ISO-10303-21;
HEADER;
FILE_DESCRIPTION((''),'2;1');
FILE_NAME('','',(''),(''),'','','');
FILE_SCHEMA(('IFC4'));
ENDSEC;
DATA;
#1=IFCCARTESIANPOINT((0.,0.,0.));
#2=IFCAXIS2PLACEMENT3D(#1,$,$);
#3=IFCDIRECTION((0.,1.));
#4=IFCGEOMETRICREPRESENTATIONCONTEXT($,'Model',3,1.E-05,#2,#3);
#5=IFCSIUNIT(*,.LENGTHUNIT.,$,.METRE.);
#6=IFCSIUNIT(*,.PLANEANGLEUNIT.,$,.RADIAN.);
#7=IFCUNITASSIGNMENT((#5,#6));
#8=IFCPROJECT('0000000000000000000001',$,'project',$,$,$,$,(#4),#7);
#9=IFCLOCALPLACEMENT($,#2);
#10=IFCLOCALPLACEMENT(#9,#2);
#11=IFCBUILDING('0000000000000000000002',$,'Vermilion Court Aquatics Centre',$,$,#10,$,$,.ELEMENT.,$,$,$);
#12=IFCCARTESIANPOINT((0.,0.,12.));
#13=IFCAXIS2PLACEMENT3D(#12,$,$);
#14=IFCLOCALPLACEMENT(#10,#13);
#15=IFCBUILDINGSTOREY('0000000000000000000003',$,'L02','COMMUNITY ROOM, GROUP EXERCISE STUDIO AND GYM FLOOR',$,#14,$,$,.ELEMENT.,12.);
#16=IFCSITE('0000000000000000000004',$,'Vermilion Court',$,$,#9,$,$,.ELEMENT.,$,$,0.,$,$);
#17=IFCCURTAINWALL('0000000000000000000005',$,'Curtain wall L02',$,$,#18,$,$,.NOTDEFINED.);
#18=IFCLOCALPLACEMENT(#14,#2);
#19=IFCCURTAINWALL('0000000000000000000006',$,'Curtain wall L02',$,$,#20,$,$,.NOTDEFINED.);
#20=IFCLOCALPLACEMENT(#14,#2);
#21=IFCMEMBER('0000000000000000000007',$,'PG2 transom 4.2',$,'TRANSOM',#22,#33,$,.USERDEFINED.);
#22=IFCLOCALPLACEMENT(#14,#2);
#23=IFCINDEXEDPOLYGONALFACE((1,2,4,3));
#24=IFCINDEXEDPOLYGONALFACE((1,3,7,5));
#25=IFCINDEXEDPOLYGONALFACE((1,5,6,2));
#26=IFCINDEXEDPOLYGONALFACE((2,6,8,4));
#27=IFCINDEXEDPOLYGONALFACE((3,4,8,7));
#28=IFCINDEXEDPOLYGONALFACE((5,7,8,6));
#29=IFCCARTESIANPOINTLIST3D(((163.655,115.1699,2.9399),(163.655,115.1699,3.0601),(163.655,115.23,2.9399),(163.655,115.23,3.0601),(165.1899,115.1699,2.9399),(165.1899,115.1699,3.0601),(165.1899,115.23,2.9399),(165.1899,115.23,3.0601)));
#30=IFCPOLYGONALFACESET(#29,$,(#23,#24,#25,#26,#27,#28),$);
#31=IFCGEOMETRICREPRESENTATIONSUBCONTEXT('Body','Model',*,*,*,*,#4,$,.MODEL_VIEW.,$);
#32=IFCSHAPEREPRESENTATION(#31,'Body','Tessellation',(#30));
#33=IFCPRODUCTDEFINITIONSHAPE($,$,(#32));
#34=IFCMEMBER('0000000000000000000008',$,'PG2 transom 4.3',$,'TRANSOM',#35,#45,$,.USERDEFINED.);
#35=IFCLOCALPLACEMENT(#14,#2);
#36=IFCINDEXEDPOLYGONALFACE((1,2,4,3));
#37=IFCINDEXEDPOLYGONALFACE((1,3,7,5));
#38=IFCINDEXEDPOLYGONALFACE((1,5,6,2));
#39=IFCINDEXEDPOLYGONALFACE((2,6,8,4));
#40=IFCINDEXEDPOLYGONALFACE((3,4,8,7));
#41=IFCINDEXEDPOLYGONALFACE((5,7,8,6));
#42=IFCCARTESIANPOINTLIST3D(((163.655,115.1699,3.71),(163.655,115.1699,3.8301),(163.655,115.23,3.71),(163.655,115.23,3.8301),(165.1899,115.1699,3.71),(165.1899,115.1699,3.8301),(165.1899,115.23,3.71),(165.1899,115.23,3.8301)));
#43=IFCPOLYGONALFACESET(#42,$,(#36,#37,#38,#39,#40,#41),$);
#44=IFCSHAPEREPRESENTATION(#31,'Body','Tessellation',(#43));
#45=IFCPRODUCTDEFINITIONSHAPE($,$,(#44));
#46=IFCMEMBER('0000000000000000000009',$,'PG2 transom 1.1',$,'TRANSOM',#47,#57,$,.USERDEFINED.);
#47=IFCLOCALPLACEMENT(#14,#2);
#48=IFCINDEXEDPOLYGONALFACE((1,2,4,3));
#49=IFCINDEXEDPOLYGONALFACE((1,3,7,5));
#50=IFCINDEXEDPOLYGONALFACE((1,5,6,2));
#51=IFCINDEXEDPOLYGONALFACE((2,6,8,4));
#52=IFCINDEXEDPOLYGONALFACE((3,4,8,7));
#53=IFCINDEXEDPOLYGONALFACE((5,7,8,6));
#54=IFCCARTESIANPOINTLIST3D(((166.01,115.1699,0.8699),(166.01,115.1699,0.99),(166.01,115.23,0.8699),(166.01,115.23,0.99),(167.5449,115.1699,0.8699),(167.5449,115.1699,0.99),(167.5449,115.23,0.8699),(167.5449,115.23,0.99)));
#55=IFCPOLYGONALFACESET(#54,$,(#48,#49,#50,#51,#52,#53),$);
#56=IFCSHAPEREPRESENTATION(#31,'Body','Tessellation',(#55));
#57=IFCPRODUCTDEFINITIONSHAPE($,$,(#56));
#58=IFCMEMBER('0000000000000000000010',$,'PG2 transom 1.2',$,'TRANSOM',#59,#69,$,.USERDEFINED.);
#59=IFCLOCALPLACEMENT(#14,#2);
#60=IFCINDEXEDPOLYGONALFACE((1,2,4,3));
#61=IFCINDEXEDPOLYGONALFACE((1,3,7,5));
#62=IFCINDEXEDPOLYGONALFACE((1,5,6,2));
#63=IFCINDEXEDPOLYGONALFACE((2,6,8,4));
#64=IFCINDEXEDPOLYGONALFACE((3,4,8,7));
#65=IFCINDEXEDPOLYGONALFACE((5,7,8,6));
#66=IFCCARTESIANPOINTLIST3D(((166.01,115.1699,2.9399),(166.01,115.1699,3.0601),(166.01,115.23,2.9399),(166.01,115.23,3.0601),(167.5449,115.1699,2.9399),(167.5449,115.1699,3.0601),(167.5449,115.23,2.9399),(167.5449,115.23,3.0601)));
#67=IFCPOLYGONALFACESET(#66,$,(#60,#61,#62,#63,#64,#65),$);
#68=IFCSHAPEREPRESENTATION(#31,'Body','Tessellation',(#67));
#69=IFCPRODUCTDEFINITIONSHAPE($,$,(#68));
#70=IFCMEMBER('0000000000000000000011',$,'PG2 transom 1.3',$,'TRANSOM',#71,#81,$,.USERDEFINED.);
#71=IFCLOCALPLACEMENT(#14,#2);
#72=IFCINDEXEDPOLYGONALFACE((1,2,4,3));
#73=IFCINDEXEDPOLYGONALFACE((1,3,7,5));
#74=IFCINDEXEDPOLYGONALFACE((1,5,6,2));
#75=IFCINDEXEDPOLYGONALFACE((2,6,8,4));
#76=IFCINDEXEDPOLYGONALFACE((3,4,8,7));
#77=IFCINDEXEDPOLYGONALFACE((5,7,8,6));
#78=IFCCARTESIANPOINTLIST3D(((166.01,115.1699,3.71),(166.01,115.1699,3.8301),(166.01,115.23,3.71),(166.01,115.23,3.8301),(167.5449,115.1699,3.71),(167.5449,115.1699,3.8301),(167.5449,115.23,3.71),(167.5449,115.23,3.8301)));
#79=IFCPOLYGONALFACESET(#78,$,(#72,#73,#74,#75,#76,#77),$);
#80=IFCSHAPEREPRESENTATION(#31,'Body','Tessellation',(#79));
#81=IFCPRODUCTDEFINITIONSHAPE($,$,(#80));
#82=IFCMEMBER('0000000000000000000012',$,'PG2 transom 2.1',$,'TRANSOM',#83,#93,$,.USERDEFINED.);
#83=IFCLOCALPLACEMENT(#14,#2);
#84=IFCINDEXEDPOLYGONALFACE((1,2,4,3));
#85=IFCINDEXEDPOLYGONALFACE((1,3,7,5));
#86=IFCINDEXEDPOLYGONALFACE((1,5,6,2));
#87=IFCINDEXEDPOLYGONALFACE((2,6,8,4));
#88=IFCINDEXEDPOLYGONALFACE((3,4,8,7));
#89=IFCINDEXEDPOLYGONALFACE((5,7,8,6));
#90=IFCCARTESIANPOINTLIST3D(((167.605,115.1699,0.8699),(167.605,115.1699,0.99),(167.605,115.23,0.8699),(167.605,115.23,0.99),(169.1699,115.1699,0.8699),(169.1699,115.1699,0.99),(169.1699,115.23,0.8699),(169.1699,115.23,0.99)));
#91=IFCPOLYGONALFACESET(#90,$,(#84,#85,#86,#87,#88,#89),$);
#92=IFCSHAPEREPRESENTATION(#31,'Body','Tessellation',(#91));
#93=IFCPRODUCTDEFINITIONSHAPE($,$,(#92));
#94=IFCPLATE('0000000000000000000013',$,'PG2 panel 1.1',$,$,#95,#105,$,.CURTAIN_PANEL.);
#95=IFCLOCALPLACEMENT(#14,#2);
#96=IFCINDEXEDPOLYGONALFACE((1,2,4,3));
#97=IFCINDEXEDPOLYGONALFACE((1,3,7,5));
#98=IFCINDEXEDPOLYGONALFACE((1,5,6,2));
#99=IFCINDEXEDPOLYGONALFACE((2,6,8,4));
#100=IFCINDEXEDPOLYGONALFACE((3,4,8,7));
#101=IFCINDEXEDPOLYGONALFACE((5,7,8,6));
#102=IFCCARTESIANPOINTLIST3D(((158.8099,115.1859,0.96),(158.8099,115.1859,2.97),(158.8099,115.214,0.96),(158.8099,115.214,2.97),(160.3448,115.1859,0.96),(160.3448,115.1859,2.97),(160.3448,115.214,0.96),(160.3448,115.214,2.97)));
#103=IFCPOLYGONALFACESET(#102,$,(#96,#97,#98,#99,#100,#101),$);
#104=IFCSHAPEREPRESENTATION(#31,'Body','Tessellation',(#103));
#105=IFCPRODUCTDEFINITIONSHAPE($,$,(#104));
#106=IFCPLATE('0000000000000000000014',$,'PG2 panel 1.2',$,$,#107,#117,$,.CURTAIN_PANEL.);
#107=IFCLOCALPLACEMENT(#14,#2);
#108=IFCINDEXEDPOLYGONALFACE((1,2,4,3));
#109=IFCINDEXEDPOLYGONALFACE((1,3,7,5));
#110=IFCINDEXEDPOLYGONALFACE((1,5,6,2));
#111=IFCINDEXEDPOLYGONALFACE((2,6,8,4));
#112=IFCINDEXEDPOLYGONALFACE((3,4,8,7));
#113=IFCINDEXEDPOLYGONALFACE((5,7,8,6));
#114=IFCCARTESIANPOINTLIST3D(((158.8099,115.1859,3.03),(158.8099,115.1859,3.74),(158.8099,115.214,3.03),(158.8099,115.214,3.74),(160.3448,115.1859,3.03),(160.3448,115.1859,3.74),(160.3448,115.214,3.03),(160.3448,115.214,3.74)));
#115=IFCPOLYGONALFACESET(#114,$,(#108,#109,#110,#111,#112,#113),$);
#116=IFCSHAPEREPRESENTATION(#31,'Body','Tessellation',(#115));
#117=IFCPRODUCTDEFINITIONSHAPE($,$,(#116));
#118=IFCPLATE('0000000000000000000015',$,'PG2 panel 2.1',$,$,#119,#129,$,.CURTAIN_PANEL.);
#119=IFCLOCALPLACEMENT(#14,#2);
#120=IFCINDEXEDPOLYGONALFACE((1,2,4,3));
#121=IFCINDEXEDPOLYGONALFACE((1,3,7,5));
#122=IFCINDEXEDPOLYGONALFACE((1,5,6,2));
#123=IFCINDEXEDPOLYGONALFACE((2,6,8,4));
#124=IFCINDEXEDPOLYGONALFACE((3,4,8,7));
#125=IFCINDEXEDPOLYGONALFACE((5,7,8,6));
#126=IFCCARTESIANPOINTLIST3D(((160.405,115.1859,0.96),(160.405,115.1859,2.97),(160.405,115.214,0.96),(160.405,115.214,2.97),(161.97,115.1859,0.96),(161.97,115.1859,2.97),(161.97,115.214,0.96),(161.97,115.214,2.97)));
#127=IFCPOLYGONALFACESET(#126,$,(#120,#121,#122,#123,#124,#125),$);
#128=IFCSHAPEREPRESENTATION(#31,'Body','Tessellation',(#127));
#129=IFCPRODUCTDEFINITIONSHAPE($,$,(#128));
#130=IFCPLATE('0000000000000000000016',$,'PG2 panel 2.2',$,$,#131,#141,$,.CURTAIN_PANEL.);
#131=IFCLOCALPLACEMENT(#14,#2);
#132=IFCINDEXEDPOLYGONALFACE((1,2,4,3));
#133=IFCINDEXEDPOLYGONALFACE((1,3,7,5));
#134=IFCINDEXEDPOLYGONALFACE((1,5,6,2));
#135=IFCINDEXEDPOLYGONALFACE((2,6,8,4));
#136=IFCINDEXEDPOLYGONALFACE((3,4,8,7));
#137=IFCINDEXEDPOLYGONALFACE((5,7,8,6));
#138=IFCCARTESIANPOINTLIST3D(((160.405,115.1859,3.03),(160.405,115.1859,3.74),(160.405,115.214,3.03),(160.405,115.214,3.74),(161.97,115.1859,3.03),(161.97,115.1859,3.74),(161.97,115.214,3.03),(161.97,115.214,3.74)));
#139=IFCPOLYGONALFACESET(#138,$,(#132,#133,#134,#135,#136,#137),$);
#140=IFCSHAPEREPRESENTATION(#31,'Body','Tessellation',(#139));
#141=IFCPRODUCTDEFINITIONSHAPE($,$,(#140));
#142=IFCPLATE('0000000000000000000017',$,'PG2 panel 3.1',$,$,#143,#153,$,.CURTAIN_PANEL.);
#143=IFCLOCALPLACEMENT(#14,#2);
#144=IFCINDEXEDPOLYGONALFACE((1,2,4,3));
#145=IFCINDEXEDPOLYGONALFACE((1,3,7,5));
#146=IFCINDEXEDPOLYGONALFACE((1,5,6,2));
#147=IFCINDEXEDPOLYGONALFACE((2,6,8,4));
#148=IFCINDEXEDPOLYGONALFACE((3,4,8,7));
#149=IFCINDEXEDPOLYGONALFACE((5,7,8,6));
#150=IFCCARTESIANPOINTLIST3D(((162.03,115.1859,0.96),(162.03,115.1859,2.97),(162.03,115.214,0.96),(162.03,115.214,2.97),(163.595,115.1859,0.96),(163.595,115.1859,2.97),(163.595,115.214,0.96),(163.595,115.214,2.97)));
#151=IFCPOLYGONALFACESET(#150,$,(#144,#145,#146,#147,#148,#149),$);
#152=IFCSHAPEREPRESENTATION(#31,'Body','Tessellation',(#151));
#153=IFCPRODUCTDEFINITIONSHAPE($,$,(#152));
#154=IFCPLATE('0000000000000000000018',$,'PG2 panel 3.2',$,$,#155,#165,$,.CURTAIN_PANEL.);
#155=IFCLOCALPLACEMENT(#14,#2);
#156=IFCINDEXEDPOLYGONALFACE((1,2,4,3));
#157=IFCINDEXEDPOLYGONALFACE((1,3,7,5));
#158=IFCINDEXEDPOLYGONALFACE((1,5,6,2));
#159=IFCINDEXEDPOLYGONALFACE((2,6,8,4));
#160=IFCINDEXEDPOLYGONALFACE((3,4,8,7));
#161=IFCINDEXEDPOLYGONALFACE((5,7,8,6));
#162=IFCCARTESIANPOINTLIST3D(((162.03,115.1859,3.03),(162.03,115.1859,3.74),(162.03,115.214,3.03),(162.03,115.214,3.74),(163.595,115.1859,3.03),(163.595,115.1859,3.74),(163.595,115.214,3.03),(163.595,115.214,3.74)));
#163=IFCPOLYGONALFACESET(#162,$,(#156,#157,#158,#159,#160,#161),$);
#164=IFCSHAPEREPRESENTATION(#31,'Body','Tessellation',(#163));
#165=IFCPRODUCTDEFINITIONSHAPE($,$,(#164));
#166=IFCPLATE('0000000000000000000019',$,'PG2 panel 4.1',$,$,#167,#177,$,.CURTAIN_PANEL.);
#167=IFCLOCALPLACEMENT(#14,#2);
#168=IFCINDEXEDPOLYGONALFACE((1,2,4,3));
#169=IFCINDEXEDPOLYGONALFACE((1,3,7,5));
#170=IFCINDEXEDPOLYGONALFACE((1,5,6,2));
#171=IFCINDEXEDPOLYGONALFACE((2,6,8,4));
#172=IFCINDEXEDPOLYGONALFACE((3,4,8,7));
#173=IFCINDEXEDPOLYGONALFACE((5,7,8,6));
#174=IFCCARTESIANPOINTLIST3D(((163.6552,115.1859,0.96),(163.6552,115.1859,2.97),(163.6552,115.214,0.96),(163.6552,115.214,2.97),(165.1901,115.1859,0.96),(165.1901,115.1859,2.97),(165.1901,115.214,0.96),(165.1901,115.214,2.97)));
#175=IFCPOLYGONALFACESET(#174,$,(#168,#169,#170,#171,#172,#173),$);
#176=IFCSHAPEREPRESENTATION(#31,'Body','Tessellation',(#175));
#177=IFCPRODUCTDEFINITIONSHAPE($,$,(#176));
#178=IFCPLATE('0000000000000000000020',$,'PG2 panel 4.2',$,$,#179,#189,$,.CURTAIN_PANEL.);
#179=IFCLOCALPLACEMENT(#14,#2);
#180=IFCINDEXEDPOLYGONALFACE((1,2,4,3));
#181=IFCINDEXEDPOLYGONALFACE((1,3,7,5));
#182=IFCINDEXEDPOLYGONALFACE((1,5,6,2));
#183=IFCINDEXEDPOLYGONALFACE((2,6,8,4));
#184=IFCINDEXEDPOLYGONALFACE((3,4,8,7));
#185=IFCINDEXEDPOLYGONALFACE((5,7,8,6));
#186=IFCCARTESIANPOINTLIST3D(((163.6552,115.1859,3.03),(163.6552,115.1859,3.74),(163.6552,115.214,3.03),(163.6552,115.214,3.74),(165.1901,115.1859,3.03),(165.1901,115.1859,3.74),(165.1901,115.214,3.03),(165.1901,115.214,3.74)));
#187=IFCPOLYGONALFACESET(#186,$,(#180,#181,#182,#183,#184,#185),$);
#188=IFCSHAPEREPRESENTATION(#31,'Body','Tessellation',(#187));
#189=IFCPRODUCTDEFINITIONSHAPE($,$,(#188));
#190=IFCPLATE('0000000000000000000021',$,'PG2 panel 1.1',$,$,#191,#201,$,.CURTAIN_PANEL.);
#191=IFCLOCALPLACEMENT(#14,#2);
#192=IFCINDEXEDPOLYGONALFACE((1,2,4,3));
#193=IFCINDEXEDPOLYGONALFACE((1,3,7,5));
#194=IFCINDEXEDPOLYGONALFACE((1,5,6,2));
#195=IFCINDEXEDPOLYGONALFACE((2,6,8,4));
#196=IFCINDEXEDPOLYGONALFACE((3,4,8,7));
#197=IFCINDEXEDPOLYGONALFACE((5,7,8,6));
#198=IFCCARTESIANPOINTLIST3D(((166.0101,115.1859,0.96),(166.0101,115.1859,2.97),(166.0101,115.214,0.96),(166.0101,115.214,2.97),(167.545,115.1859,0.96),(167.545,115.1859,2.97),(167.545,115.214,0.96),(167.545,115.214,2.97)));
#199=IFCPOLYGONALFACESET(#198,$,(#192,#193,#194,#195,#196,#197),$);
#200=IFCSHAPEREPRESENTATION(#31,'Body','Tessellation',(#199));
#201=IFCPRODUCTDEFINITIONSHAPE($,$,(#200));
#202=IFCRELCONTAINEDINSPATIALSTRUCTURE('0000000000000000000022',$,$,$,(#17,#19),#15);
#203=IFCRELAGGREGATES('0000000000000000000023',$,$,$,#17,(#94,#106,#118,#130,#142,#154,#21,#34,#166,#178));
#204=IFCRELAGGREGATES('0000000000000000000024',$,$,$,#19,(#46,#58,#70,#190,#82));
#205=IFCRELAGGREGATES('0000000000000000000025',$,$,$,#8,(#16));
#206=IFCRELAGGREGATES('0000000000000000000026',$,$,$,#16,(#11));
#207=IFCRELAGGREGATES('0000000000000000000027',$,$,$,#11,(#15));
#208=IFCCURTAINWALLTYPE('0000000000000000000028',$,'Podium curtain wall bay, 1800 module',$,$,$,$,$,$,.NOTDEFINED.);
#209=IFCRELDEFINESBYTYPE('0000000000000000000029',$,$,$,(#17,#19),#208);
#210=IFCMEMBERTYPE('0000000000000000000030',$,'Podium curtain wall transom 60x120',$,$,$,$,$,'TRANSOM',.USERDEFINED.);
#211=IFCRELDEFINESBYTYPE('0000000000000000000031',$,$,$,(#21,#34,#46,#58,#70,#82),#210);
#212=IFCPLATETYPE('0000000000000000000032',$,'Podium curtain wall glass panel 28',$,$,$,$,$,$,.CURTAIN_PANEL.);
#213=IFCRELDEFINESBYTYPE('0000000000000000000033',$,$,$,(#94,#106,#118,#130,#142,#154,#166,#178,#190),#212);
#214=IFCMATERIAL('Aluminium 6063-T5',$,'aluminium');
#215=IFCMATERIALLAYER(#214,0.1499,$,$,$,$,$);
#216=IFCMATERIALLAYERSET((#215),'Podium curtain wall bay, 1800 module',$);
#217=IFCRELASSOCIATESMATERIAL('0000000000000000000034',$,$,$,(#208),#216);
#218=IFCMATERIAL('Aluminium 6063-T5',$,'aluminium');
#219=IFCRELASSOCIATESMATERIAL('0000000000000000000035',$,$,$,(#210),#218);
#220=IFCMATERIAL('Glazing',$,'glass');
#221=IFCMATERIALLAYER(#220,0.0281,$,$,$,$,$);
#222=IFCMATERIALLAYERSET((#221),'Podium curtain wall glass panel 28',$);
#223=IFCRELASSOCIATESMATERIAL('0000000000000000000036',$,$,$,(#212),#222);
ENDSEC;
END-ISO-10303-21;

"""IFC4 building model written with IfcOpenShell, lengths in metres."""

from ifc_helpers import new_model, si_unit, direction, frame, origin, origin_2d, place, context, subcontext, project, spatial, rectangle, extrude, material, layer, layer_set, material_profile, profile_set, type_object, element, aggregate, save


model = new_model("IFC4")

# Units and contexts
model_context = context("Model", 3, precision=1e-05, world=origin(), true_north=direction((0.0, 1.0)))
body_context = subcontext(model_context, "Body", "Model", "MODEL_VIEW")
ifc_project = project(units=[si_unit("LENGTHUNIT", "METRE"), si_unit("PLANEANGLEUNIT", "RADIAN")], contexts=[model_context])

# Site, building, storey
site_placement = place(None, origin())
site = spatial("IfcSite", under=ifc_project, at=site_placement, Name="Vermilion Court", CompositionType="ELEMENT", RefElevation=0.0)
building_placement = place(site_placement, origin())
building = spatial("IfcBuilding", under=site, at=building_placement, Name="Vermilion Court Aquatics Centre", CompositionType="ELEMENT")
storey_placement = place(building_placement, frame((0.0, 0.0, 12.0)))
storey = spatial("IfcBuildingStorey", under=building, at=storey_placement, Name="L02", Description="COMMUNITY ROOM, GROUP EXERCISE STUDIO AND GYM FLOOR", CompositionType="ELEMENT", Elevation=12.0)

# Curtain walls
ifc_material_1 = material(Name="Aluminium 6063-T5", Category="aluminium")
ifc_layer_1 = layer(ifc_material_1, 0.1499)
ifc_layer_set_1 = layer_set([ifc_layer_1], Name="Podium curtain wall bay, 1800 module")
curtain_wall_type = type_object("IfcCurtainWallType", Name="Podium curtain wall bay, 1800 module", PredefinedType="NOTDEFINED", material=ifc_layer_set_1)
curtain_wall_1_placement = place(storey_placement, origin())
curtain_wall_1 = element("IfcCurtainWall", 1, at=curtain_wall_1_placement, inside=storey, type_object=curtain_wall_type, Name="Curtain wall L02", PredefinedType="NOTDEFINED")
curtain_wall_2_placement = place(storey_placement, origin())
curtain_wall_2 = element("IfcCurtainWall", 2, at=curtain_wall_2_placement, inside=storey, type_object=curtain_wall_type, Name="Curtain wall L02", PredefinedType="NOTDEFINED")

# Members
ifc_material_2 = material(Name="Aluminium 6063-T5", Category="aluminium")
ifc_material_profile_1 = material_profile(ifc_material_2, rectangle(XDim=0.0601, YDim=0.1201, at=origin_2d()), Name="Transom 60x120")
ifc_profile_set_1 = profile_set([ifc_material_profile_1], Name="Aluminium 6063-T5")
member_type_1 = type_object("IfcMemberType", Name="Podium curtain wall transom 60x120", ElementType="TRANSOM", PredefinedType="USERDEFINED", material=ifc_profile_set_1)
member_1_placement = place(storey_placement, frame((163.655, 115.2, 3.0), z_axis=(1.0, 0.0, 0.0), x_axis=(0.0, 1.0, 0.0)))
member_1 = element("IfcMember", 3, at=member_1_placement, type_object=member_type_1, Name="PG2 transom 4.2", ObjectType="TRANSOM", PredefinedType="USERDEFINED", context=body_context, shape_type="SweptSolid", body=[
    extrude(rectangle(XDim=0.0601, YDim=0.1201, at=origin_2d()), origin(), (0.0, 0.0, 1.0), 1.5349),
])
member_2_placement = place(storey_placement, frame((163.655, 115.2, 3.77), z_axis=(1.0, 0.0, 0.0), x_axis=(0.0, 1.0, 0.0)))
member_2 = element("IfcMember", 4, at=member_2_placement, type_object=member_type_1, Name="PG2 transom 4.3", ObjectType="TRANSOM", PredefinedType="USERDEFINED", context=body_context, shape_type="SweptSolid", body=[
    extrude(rectangle(XDim=0.0601, YDim=0.1201, at=origin_2d()), origin(), (0.0, 0.0, 1.0), 1.5349),
])
member_3_placement = place(storey_placement, frame((166.01, 115.2, 0.9299), z_axis=(1.0, 0.0, 0.0), x_axis=(0.0, 1.0, 0.0)))
member_3 = element("IfcMember", 5, at=member_3_placement, type_object=member_type_1, Name="PG2 transom 1.1", ObjectType="TRANSOM", PredefinedType="USERDEFINED", context=body_context, shape_type="SweptSolid", body=[
    extrude(rectangle(XDim=0.0601, YDim=0.1201, at=origin_2d()), origin(), (0.0, 0.0, 1.0), 1.5349),
])
member_4_placement = place(storey_placement, frame((166.01, 115.2, 3.0), z_axis=(1.0, 0.0, 0.0), x_axis=(0.0, 1.0, 0.0)))
member_4 = element("IfcMember", 6, at=member_4_placement, type_object=member_type_1, Name="PG2 transom 1.2", ObjectType="TRANSOM", PredefinedType="USERDEFINED", context=body_context, shape_type="SweptSolid", body=[
    extrude(rectangle(XDim=0.0601, YDim=0.1201, at=origin_2d()), origin(), (0.0, 0.0, 1.0), 1.5349),
])
member_5_placement = place(storey_placement, frame((166.01, 115.2, 3.77), z_axis=(1.0, 0.0, 0.0), x_axis=(0.0, 1.0, 0.0)))
member_5 = element("IfcMember", 7, at=member_5_placement, type_object=member_type_1, Name="PG2 transom 1.3", ObjectType="TRANSOM", PredefinedType="USERDEFINED", context=body_context, shape_type="SweptSolid", body=[
    extrude(rectangle(XDim=0.0601, YDim=0.1201, at=origin_2d()), origin(), (0.0, 0.0, 1.0), 1.5349),
])
member_6_placement = place(storey_placement, frame((167.605, 115.2, 0.9299), z_axis=(1.0, 0.0, 0.0), x_axis=(0.0, 1.0, 0.0)))
member_6 = element("IfcMember", 8, at=member_6_placement, type_object=member_type_1, Name="PG2 transom 2.1", ObjectType="TRANSOM", PredefinedType="USERDEFINED", context=body_context, shape_type="SweptSolid", body=[
    extrude(rectangle(XDim=0.0601, YDim=0.1201, at=origin_2d()), origin(), (0.0, 0.0, 1.0), 1.5649),
])

# Plates
ifc_material_3 = material(Name="Glazing", Category="glass")
ifc_layer_2 = layer(ifc_material_3, 0.0281)
ifc_layer_set_2 = layer_set([ifc_layer_2], Name="Podium curtain wall glass panel 28")
plate_type = type_object("IfcPlateType", Name="Podium curtain wall glass panel 28", PredefinedType="CURTAIN_PANEL", material=ifc_layer_set_2)
plate_1_placement = place(storey_placement, frame((159.5774, 115.2, 0.96), z_axis=(0.0, 0.0, 1.0), x_axis=(1.0, 0.0, 0.0)))
plate_1 = element("IfcPlate", 9, at=plate_1_placement, type_object=plate_type, Name="PG2 panel 1.1", PredefinedType="CURTAIN_PANEL", context=body_context, shape_type="SweptSolid", body=[
    extrude(rectangle(XDim=1.5349, YDim=0.0281, at=origin_2d()), origin(), (0.0, 0.0, 1.0), 2.01),
])
plate_2_placement = place(storey_placement, frame((159.5774, 115.2, 3.03), z_axis=(0.0, 0.0, 1.0), x_axis=(1.0, 0.0, 0.0)))
plate_2 = element("IfcPlate", 10, at=plate_2_placement, type_object=plate_type, Name="PG2 panel 1.2", PredefinedType="CURTAIN_PANEL", context=body_context, shape_type="SweptSolid", body=[
    extrude(rectangle(XDim=1.5349, YDim=0.0281, at=origin_2d()), origin(), (0.0, 0.0, 1.0), 0.71),
])
plate_3_placement = place(storey_placement, frame((161.1875, 115.2, 0.96), z_axis=(0.0, 0.0, 1.0), x_axis=(1.0, 0.0, 0.0)))
plate_3 = element("IfcPlate", 11, at=plate_3_placement, type_object=plate_type, Name="PG2 panel 2.1", PredefinedType="CURTAIN_PANEL", context=body_context, shape_type="SweptSolid", body=[
    extrude(rectangle(XDim=1.5649, YDim=0.0281, at=origin_2d()), origin(), (0.0, 0.0, 1.0), 2.01),
])
plate_4_placement = place(storey_placement, frame((161.1875, 115.2, 3.03), z_axis=(0.0, 0.0, 1.0), x_axis=(1.0, 0.0, 0.0)))
plate_4 = element("IfcPlate", 12, at=plate_4_placement, type_object=plate_type, Name="PG2 panel 2.2", PredefinedType="CURTAIN_PANEL", context=body_context, shape_type="SweptSolid", body=[
    extrude(rectangle(XDim=1.5649, YDim=0.0281, at=origin_2d()), origin(), (0.0, 0.0, 1.0), 0.71),
])
plate_5_placement = place(storey_placement, frame((162.8125, 115.2, 0.96), z_axis=(0.0, 0.0, 1.0), x_axis=(1.0, 0.0, 0.0)))
plate_5 = element("IfcPlate", 13, at=plate_5_placement, type_object=plate_type, Name="PG2 panel 3.1", PredefinedType="CURTAIN_PANEL", context=body_context, shape_type="SweptSolid", body=[
    extrude(rectangle(XDim=1.5649, YDim=0.0281, at=origin_2d()), origin(), (0.0, 0.0, 1.0), 2.01),
])
plate_6_placement = place(storey_placement, frame((162.8125, 115.2, 3.03), z_axis=(0.0, 0.0, 1.0), x_axis=(1.0, 0.0, 0.0)))
plate_6 = element("IfcPlate", 14, at=plate_6_placement, type_object=plate_type, Name="PG2 panel 3.2", PredefinedType="CURTAIN_PANEL", context=body_context, shape_type="SweptSolid", body=[
    extrude(rectangle(XDim=1.5649, YDim=0.0281, at=origin_2d()), origin(), (0.0, 0.0, 1.0), 0.71),
])
plate_7_placement = place(storey_placement, frame((164.4226, 115.2, 0.96), z_axis=(0.0, 0.0, 1.0), x_axis=(1.0, 0.0, 0.0)))
plate_7 = element("IfcPlate", 15, at=plate_7_placement, type_object=plate_type, Name="PG2 panel 4.1", PredefinedType="CURTAIN_PANEL", context=body_context, shape_type="SweptSolid", body=[
    extrude(rectangle(XDim=1.5349, YDim=0.0281, at=origin_2d()), origin(), (0.0, 0.0, 1.0), 2.01),
])
plate_8_placement = place(storey_placement, frame((164.4226, 115.2, 3.03), z_axis=(0.0, 0.0, 1.0), x_axis=(1.0, 0.0, 0.0)))
plate_8 = element("IfcPlate", 16, at=plate_8_placement, type_object=plate_type, Name="PG2 panel 4.2", PredefinedType="CURTAIN_PANEL", context=body_context, shape_type="SweptSolid", body=[
    extrude(rectangle(XDim=1.5349, YDim=0.0281, at=origin_2d()), origin(), (0.0, 0.0, 1.0), 0.71),
])
aggregate(curtain_wall_1, [plate_1, plate_2, plate_3, plate_4, plate_5, plate_6, member_1, member_2, plate_7, plate_8])
plate_9_placement = place(storey_placement, frame((166.7776, 115.2, 0.96), z_axis=(0.0, 0.0, 1.0), x_axis=(1.0, 0.0, 0.0)))
plate_9 = element("IfcPlate", 17, at=plate_9_placement, type_object=plate_type, Name="PG2 panel 1.1", PredefinedType="CURTAIN_PANEL", context=body_context, shape_type="SweptSolid", body=[
    extrude(rectangle(XDim=1.5349, YDim=0.0281, at=origin_2d()), origin(), (0.0, 0.0, 1.0), 2.01),
])
aggregate(curtain_wall_2, [member_3, member_4, member_5, plate_9, member_6])

save(model, "model.ifc")
